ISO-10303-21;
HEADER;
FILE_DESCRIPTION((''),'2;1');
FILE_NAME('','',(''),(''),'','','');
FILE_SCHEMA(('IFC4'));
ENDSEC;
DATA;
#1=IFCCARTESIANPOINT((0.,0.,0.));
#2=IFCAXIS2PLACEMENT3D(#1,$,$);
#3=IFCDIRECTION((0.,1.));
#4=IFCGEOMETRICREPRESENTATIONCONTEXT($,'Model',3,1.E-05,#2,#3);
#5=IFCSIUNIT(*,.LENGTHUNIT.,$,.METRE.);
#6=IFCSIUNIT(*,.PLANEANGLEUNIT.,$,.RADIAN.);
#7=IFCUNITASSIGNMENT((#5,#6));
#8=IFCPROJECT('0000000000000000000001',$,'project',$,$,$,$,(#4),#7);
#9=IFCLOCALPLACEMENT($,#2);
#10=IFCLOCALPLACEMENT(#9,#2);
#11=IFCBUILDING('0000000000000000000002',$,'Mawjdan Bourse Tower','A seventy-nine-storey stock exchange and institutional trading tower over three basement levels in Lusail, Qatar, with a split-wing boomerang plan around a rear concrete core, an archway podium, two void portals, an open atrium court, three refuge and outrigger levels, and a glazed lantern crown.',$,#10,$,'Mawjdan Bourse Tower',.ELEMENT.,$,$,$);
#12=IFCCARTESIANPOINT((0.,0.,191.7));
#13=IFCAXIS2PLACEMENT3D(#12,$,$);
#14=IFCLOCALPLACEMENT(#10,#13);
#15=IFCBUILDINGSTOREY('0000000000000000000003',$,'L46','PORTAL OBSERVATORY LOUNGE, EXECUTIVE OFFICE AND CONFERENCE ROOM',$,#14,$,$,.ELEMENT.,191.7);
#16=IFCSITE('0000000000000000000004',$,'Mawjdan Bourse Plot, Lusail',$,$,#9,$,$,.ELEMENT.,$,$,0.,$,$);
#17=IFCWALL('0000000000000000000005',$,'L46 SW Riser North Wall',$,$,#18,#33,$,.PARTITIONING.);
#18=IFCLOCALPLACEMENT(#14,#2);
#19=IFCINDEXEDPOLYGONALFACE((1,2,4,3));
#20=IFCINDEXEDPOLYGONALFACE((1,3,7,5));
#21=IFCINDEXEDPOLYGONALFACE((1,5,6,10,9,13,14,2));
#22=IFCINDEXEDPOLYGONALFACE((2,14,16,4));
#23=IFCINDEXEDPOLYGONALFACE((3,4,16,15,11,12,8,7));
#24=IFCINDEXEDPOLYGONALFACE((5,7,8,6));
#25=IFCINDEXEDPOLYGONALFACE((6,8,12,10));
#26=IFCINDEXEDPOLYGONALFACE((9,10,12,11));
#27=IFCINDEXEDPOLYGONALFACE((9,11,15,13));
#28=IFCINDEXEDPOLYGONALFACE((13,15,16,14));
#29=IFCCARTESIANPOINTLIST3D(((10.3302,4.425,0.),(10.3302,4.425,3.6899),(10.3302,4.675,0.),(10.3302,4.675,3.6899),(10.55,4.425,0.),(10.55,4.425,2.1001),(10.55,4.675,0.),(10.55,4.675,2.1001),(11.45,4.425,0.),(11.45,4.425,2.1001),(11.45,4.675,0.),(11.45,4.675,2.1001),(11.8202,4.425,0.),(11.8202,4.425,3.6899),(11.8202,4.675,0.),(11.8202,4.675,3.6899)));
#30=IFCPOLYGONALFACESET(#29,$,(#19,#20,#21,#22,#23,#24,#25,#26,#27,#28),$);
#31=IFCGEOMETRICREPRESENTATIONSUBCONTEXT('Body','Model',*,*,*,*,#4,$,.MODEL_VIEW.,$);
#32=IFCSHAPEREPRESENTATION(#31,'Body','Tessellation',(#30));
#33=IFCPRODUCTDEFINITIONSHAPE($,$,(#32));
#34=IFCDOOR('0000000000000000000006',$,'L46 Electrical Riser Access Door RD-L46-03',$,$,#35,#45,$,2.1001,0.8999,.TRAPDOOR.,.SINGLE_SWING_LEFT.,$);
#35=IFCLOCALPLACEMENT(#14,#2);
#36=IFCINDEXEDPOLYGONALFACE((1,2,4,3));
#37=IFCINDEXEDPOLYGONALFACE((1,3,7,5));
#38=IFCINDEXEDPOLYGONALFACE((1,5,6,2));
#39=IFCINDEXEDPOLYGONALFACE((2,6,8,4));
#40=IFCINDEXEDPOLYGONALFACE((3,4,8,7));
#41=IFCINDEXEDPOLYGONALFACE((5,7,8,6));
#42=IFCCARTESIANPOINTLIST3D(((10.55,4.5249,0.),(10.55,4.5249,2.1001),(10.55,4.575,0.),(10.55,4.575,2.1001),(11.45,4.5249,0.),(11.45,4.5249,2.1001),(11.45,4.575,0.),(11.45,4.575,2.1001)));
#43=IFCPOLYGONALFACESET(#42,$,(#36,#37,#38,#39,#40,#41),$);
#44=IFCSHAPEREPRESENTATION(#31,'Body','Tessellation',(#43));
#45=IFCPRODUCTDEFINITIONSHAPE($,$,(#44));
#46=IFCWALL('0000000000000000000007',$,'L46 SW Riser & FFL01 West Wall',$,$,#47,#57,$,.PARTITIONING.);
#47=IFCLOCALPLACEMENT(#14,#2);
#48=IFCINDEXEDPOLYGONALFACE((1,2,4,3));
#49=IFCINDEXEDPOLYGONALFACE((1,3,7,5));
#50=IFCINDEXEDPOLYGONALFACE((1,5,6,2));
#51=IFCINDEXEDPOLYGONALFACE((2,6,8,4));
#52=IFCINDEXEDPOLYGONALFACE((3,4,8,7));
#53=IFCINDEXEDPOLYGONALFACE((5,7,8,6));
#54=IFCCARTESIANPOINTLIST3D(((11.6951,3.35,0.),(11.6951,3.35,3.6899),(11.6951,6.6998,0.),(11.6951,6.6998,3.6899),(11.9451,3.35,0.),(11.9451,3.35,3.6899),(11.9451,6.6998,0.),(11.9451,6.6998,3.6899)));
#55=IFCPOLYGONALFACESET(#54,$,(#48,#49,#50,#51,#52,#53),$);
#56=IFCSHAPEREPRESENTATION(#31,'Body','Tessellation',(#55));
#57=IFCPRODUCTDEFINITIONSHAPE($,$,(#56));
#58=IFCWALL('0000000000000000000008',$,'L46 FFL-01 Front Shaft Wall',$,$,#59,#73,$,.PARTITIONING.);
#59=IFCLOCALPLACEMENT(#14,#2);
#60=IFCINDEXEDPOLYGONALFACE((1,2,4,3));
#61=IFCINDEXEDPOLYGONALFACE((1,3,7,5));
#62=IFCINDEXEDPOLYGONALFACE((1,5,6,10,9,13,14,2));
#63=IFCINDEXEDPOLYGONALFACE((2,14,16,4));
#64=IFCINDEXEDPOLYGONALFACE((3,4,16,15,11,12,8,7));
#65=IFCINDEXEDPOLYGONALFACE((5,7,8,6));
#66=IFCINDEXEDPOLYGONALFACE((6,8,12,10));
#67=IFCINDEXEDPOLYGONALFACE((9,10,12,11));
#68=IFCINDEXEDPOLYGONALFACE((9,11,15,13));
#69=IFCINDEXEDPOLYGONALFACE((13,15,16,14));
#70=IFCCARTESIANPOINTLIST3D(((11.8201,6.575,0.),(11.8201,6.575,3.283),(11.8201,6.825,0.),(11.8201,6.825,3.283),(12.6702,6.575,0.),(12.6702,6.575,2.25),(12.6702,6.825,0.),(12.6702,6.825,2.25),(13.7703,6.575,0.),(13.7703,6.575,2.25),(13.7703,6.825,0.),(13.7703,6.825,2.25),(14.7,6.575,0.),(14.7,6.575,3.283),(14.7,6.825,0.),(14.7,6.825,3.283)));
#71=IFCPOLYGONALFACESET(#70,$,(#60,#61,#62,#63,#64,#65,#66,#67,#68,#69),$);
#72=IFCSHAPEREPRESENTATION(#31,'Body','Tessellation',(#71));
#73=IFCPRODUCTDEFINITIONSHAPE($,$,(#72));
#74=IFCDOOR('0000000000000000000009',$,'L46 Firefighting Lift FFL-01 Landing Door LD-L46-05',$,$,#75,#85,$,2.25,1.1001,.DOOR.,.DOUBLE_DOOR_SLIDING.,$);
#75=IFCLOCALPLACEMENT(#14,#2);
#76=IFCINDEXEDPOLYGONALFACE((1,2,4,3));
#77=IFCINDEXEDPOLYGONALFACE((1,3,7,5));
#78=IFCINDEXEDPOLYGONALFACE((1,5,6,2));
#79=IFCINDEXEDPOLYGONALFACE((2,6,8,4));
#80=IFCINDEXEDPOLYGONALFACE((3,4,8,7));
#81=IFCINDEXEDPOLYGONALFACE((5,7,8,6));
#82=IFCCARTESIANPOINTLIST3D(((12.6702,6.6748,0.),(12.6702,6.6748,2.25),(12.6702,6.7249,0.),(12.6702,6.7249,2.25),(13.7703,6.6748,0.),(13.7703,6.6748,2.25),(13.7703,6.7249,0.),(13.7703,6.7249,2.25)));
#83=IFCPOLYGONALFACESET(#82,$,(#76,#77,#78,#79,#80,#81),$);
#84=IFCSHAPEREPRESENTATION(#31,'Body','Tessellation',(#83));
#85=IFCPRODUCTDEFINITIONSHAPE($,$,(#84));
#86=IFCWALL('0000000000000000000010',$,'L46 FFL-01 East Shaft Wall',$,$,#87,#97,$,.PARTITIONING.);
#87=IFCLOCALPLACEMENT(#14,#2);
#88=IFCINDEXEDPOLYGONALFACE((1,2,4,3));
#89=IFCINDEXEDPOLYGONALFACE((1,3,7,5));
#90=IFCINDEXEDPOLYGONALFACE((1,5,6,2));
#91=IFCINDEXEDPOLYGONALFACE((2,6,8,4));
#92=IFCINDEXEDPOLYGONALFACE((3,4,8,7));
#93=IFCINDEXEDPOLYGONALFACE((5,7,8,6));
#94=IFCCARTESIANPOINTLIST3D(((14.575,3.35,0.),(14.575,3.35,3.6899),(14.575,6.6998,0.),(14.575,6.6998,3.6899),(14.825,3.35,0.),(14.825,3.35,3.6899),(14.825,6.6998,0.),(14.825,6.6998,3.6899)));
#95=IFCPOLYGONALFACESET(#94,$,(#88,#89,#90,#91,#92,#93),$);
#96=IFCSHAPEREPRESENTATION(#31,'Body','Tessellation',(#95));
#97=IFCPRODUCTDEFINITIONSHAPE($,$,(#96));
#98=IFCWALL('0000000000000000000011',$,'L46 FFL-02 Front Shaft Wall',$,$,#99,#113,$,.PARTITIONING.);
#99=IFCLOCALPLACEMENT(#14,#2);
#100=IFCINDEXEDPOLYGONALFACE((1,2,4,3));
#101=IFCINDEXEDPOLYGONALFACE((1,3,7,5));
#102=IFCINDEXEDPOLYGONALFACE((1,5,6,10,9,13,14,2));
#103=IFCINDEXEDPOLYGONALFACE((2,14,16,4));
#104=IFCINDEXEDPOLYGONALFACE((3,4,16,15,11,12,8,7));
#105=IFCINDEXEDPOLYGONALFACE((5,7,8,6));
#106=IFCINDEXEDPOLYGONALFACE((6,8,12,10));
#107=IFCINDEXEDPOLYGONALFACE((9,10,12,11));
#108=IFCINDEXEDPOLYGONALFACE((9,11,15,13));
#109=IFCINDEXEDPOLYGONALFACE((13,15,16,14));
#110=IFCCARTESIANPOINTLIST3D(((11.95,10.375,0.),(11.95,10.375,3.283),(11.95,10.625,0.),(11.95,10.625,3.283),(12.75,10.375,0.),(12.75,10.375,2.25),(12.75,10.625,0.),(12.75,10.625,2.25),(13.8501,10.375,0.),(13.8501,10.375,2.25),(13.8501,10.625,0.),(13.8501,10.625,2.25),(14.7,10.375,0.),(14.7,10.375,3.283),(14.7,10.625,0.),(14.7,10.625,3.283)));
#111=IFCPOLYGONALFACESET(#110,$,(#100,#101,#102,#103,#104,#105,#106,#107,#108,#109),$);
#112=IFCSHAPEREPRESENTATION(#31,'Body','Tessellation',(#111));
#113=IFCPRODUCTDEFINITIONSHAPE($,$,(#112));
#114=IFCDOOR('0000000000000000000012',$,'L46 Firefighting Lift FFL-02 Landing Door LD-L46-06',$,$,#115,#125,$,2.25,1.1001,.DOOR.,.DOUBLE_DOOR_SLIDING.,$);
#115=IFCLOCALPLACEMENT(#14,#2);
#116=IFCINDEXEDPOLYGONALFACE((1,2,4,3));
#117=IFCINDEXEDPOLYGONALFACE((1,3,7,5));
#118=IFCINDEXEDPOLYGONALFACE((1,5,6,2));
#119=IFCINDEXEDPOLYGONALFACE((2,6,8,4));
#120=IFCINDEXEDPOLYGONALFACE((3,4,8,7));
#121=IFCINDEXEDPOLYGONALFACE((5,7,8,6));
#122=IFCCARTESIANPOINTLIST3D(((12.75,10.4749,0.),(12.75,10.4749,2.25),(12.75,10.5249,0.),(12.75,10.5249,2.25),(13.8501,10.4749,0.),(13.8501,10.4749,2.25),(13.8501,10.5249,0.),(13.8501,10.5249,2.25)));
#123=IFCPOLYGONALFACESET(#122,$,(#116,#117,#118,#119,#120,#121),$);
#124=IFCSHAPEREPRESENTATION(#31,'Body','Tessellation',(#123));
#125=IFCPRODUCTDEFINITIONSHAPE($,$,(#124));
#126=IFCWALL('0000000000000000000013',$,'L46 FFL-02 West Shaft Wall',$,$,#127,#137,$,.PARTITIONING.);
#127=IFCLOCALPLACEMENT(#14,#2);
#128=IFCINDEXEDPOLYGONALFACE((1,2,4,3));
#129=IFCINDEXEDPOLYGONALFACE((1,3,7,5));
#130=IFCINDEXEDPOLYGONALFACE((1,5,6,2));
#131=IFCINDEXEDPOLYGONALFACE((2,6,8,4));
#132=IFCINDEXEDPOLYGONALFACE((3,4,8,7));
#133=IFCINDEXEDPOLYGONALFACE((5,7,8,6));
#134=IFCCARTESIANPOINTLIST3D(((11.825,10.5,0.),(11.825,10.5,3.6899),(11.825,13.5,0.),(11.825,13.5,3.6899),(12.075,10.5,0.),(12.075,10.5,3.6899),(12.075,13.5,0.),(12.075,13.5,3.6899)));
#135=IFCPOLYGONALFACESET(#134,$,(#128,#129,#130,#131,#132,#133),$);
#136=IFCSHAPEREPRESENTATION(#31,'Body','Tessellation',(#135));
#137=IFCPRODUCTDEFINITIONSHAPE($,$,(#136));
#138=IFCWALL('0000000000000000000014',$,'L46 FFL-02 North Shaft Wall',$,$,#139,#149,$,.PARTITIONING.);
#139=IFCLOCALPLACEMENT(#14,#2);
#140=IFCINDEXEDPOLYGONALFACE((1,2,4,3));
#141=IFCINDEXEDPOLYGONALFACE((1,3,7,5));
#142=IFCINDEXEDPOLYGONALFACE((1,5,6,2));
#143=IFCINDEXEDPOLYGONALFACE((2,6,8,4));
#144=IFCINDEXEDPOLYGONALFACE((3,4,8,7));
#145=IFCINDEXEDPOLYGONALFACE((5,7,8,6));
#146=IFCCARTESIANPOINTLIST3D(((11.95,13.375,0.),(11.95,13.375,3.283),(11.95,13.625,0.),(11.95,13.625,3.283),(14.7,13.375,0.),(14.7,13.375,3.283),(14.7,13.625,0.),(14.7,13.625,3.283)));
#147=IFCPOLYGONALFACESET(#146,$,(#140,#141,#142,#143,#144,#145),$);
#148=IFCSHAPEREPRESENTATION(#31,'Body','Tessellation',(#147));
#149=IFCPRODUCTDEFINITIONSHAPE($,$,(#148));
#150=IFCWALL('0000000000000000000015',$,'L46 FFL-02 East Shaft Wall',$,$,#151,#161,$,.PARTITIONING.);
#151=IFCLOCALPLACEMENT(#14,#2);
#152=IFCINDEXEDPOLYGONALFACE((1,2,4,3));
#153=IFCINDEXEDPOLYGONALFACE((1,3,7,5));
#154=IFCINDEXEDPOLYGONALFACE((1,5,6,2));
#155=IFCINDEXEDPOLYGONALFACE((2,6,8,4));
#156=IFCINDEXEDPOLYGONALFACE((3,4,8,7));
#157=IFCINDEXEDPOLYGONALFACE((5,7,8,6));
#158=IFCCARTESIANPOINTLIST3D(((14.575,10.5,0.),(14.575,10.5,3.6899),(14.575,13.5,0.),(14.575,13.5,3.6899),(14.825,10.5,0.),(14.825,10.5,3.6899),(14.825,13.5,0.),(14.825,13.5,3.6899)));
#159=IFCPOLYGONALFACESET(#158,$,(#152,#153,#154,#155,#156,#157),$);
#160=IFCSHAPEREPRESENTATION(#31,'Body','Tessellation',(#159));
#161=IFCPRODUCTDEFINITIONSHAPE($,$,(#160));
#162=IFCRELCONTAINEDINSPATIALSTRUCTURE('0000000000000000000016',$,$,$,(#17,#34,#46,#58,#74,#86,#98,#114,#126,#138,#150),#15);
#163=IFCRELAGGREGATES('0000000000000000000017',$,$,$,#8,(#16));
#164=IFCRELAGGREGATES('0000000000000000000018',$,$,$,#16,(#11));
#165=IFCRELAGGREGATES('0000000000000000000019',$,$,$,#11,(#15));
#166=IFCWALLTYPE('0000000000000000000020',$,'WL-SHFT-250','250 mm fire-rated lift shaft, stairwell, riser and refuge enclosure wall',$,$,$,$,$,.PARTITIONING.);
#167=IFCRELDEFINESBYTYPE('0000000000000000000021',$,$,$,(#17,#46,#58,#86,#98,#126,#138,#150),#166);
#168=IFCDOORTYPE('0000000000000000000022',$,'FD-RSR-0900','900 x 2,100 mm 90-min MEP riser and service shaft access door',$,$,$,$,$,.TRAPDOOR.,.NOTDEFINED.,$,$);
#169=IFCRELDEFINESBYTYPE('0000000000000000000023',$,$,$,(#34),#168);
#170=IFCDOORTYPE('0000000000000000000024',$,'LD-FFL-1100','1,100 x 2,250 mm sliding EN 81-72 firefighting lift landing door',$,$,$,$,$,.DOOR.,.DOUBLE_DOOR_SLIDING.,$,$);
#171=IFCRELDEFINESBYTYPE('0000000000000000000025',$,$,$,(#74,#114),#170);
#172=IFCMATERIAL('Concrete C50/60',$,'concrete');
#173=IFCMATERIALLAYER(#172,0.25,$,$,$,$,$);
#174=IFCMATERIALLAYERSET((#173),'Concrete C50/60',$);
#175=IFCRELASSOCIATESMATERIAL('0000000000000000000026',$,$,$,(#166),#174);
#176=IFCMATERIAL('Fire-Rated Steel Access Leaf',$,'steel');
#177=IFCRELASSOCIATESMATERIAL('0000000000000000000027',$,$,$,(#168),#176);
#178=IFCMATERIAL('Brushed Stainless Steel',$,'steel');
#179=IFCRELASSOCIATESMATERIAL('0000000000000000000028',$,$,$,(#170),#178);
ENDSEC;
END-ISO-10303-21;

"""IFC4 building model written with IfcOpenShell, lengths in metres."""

from ifc_helpers import new_model, si_unit, direction, frame, frame_2d, origin, place, context, subcontext, project, spatial, rectangle, extrude, material, layer, layer_set, type_object, element, fill, save


model = new_model("IFC4")

# Units and contexts
model_context = context("Model", 3, precision=1e-05, world=origin(), true_north=direction((0.0, 1.0)))
body_context = subcontext(model_context, "Body", "Model", "MODEL_VIEW")
ifc_project = project(units=[si_unit("LENGTHUNIT", "METRE"), si_unit("PLANEANGLEUNIT", "RADIAN")], contexts=[model_context])

# Site, building, storey
site_placement = place(None, origin())
site = spatial("IfcSite", under=ifc_project, at=site_placement, Name="Mawjdan Bourse Plot, Lusail", CompositionType="ELEMENT", RefElevation=0.0)
building_placement = place(site_placement, origin())
building = spatial("IfcBuilding", under=site, at=building_placement, Name="Mawjdan Bourse Tower", Description="A seventy-nine-storey stock exchange and institutional trading tower over three basement levels in Lusail, Qatar, with a split-wing boomerang plan around a rear concrete core, an archway podium, two void portals, an open atrium court, three refuge and outrigger levels, and a glazed lantern crown.", LongName="Mawjdan Bourse Tower", CompositionType="ELEMENT")
storey_placement = place(building_placement, frame((0.0, 0.0, 191.7)))
storey = spatial("IfcBuildingStorey", under=building, at=storey_placement, Name="L46", Description="PORTAL OBSERVATORY LOUNGE, EXECUTIVE OFFICE AND CONFERENCE ROOM", CompositionType="ELEMENT", Elevation=191.7)

# Wall, opening, door
ifc_material_1 = material(Name="Concrete C50/60", Category="concrete")
ifc_layer_1 = layer(ifc_material_1, 0.25)
ifc_layer_set_1 = layer_set([ifc_layer_1], Name="Concrete C50/60")
wall_type_1 = type_object("IfcWallType", Name="WL-SHFT-250", Description="250 mm fire-rated lift shaft, stairwell, riser and refuge enclosure wall", PredefinedType="PARTITIONING", material=ifc_layer_set_1)
wall_1_placement = place(storey_placement, frame((10.3301, 4.55, 0.0), z_axis=(0.0, 0.0, 1.0), x_axis=(1.0, 0.0, 0.0)))
wall_1 = element("IfcWall", 1, at=wall_1_placement, inside=storey, type_object=wall_type_1, Name="L46 SW Riser North Wall", PredefinedType="PARTITIONING", context=body_context, shape_type="SweptSolid", body=[
    extrude(rectangle(XDim=1.49, YDim=0.25, at=frame_2d((0.7451, 0.0))), origin(), (0.0, 0.0, 1.0), 3.6899),
])
opening_1_placement = place(wall_1_placement, frame((0.22, 0.0, 0.0)))
opening_1 = element("IfcOpeningElement", 2, at=opening_1_placement, cuts=wall_1, PredefinedType="OPENING", context=body_context, shape_type="SweptSolid", body=[
    extrude(rectangle(XDim=0.8999, YDim=2.1001, at=frame_2d((0.45, 1.05))), frame((0.0, 0.135, 0.0), z_axis=(0.0, -1.0, 0.0), x_axis=(1.0, 0.0, 0.0)), (0.0, 0.0, 1.0), 0.27),
])
ifc_material_2 = material(Name="Fire-Rated Steel Access Leaf", Category="steel")
door_type_1 = type_object("IfcDoorType", Name="FD-RSR-0900", Description="900 x 2,100 mm 90-min MEP riser and service shaft access door", OperationType="NOTDEFINED", PredefinedType="TRAPDOOR", material=ifc_material_2)
door_1_placement = place(opening_1_placement, origin())
door_1 = element("IfcDoor", 3, at=door_1_placement, inside=storey, type_object=door_type_1, Name="L46 Electrical Riser Access Door RD-L46-03", OperationType="SINGLE_SWING_LEFT", OverallHeight=2.1001, OverallWidth=0.8999, PredefinedType="TRAPDOOR", context=body_context, shape_type="SweptSolid", body=[
    extrude(rectangle(XDim=0.8999, YDim=2.1001, at=frame_2d((0.45, 1.05))), frame((0.0, 0.0249, 0.0), z_axis=(0.0, -1.0, 0.0), x_axis=(1.0, 0.0, 0.0)), (0.0, 0.0, 1.0), 0.05),
])
fill(opening_1, door_1)

# Wall
wall_2_placement = place(storey_placement, frame((11.8201, 3.3501, 0.0), z_axis=(0.0, 0.0, 1.0), x_axis=(0.0, 1.0, 0.0)))
element("IfcWall", 4, at=wall_2_placement, inside=storey, type_object=wall_type_1, Name="L46 SW Riser & FFL01 West Wall", PredefinedType="PARTITIONING", context=body_context, shape_type="SweptSolid", body=[
    extrude(rectangle(XDim=3.3499, YDim=0.25, at=frame_2d((1.6748, 0.0))), origin(), (0.0, 0.0, 1.0), 3.6899),
])

# Wall, opening, door
wall_3_placement = place(storey_placement, frame((11.8201, 6.7, 0.0), z_axis=(0.0, 0.0, 1.0), x_axis=(1.0, 0.0, 0.0)))
wall_3 = element("IfcWall", 5, at=wall_3_placement, inside=storey, type_object=wall_type_1, Name="L46 FFL-01 Front Shaft Wall", PredefinedType="PARTITIONING", context=body_context, shape_type="SweptSolid", body=[
    extrude(rectangle(XDim=2.8799, YDim=0.25, at=frame_2d((1.4399, 0.0))), origin(), (0.0, 0.0, 1.0), 3.283),
])
opening_2_placement = place(wall_3_placement, frame((0.8501, 0.0, 0.0)))
opening_2 = element("IfcOpeningElement", 6, at=opening_2_placement, cuts=wall_3, PredefinedType="OPENING", context=body_context, shape_type="SweptSolid", body=[
    extrude(rectangle(XDim=1.1001, YDim=2.25, at=frame_2d((0.55, 1.125))), frame((0.0, 0.135, 0.0), z_axis=(0.0, -1.0, 0.0), x_axis=(1.0, 0.0, 0.0)), (0.0, 0.0, 1.0), 0.27),
])
ifc_material_3 = material(Name="Brushed Stainless Steel", Category="steel")
door_type_2 = type_object("IfcDoorType", Name="LD-FFL-1100", Description="1,100 x 2,250 mm sliding EN 81-72 firefighting lift landing door", OperationType="DOUBLE_DOOR_SLIDING", PredefinedType="DOOR", material=ifc_material_3)
door_2_placement = place(opening_2_placement, origin())
door_2 = element("IfcDoor", 7, at=door_2_placement, inside=storey, type_object=door_type_2, Name="L46 Firefighting Lift FFL-01 Landing Door LD-L46-05", OperationType="DOUBLE_DOOR_SLIDING", OverallHeight=2.25, OverallWidth=1.1001, PredefinedType="DOOR", context=body_context, shape_type="SweptSolid", body=[
    extrude(rectangle(XDim=1.1001, YDim=2.25, at=frame_2d((0.55, 1.125))), frame((0.0, 0.0249, 0.0), z_axis=(0.0, -1.0, 0.0), x_axis=(1.0, 0.0, 0.0)), (0.0, 0.0, 1.0), 0.05),
])
fill(opening_2, door_2)

# Wall
wall_4_placement = place(storey_placement, frame((14.7, 3.3501, 0.0), z_axis=(0.0, 0.0, 1.0), x_axis=(0.0, 1.0, 0.0)))
element("IfcWall", 8, at=wall_4_placement, inside=storey, type_object=wall_type_1, Name="L46 FFL-01 East Shaft Wall", PredefinedType="PARTITIONING", context=body_context, shape_type="SweptSolid", body=[
    extrude(rectangle(XDim=3.3499, YDim=0.25, at=frame_2d((1.6748, 0.0))), origin(), (0.0, 0.0, 1.0), 3.6899),
])

# Wall, opening, door
wall_5_placement = place(storey_placement, frame((11.95, 10.5, 0.0), z_axis=(0.0, 0.0, 1.0), x_axis=(1.0, 0.0, 0.0)))
wall_5 = element("IfcWall", 9, at=wall_5_placement, inside=storey, type_object=wall_type_1, Name="L46 FFL-02 Front Shaft Wall", PredefinedType="PARTITIONING", context=body_context, shape_type="SweptSolid", body=[
    extrude(rectangle(XDim=2.75, YDim=0.25, at=frame_2d((1.375, 0.0))), origin(), (0.0, 0.0, 1.0), 3.283),
])
opening_3_placement = place(wall_5_placement, frame((0.8, 0.0, 0.0)))
opening_3 = element("IfcOpeningElement", 10, at=opening_3_placement, cuts=wall_5, PredefinedType="OPENING", context=body_context, shape_type="SweptSolid", body=[
    extrude(rectangle(XDim=1.1001, YDim=2.25, at=frame_2d((0.55, 1.125))), frame((0.0, 0.135, 0.0), z_axis=(0.0, -1.0, 0.0), x_axis=(1.0, 0.0, 0.0)), (0.0, 0.0, 1.0), 0.27),
])
door_3_placement = place(opening_3_placement, origin())
door_3 = element("IfcDoor", 11, at=door_3_placement, inside=storey, type_object=door_type_2, Name="L46 Firefighting Lift FFL-02 Landing Door LD-L46-06", OperationType="DOUBLE_DOOR_SLIDING", OverallHeight=2.25, OverallWidth=1.1001, PredefinedType="DOOR", context=body_context, shape_type="SweptSolid", body=[
    extrude(rectangle(XDim=1.1001, YDim=2.25, at=frame_2d((0.55, 1.125))), frame((0.0, 0.0249, 0.0), z_axis=(0.0, -1.0, 0.0), x_axis=(1.0, 0.0, 0.0)), (0.0, 0.0, 1.0), 0.05),
])
fill(opening_3, door_3)

# Walls
wall_6_placement = place(storey_placement, frame((11.95, 10.5, 0.0), z_axis=(0.0, 0.0, 1.0), x_axis=(0.0, 1.0, 0.0)))
element("IfcWall", 12, at=wall_6_placement, inside=storey, type_object=wall_type_1, Name="L46 FFL-02 West Shaft Wall", PredefinedType="PARTITIONING", context=body_context, shape_type="SweptSolid", body=[
    extrude(rectangle(XDim=3.0, YDim=0.25, at=frame_2d((1.5, 0.0))), origin(), (0.0, 0.0, 1.0), 3.6899),
])
wall_7_placement = place(storey_placement, frame((11.95, 13.5, 0.0), z_axis=(0.0, 0.0, 1.0), x_axis=(1.0, 0.0, 0.0)))
element("IfcWall", 13, at=wall_7_placement, inside=storey, type_object=wall_type_1, Name="L46 FFL-02 North Shaft Wall", PredefinedType="PARTITIONING", context=body_context, shape_type="SweptSolid", body=[
    extrude(rectangle(XDim=2.75, YDim=0.25, at=frame_2d((1.375, 0.0))), origin(), (0.0, 0.0, 1.0), 3.283),
])
wall_8_placement = place(storey_placement, frame((14.7, 10.5, 0.0), z_axis=(0.0, 0.0, 1.0), x_axis=(0.0, 1.0, 0.0)))
element("IfcWall", 14, at=wall_8_placement, inside=storey, type_object=wall_type_1, Name="L46 FFL-02 East Shaft Wall", PredefinedType="PARTITIONING", context=body_context, shape_type="SweptSolid", body=[
    extrude(rectangle(XDim=3.0, YDim=0.25, at=frame_2d((1.5, 0.0))), origin(), (0.0, 0.0, 1.0), 3.6899),
])

save(model, "model.ifc")
